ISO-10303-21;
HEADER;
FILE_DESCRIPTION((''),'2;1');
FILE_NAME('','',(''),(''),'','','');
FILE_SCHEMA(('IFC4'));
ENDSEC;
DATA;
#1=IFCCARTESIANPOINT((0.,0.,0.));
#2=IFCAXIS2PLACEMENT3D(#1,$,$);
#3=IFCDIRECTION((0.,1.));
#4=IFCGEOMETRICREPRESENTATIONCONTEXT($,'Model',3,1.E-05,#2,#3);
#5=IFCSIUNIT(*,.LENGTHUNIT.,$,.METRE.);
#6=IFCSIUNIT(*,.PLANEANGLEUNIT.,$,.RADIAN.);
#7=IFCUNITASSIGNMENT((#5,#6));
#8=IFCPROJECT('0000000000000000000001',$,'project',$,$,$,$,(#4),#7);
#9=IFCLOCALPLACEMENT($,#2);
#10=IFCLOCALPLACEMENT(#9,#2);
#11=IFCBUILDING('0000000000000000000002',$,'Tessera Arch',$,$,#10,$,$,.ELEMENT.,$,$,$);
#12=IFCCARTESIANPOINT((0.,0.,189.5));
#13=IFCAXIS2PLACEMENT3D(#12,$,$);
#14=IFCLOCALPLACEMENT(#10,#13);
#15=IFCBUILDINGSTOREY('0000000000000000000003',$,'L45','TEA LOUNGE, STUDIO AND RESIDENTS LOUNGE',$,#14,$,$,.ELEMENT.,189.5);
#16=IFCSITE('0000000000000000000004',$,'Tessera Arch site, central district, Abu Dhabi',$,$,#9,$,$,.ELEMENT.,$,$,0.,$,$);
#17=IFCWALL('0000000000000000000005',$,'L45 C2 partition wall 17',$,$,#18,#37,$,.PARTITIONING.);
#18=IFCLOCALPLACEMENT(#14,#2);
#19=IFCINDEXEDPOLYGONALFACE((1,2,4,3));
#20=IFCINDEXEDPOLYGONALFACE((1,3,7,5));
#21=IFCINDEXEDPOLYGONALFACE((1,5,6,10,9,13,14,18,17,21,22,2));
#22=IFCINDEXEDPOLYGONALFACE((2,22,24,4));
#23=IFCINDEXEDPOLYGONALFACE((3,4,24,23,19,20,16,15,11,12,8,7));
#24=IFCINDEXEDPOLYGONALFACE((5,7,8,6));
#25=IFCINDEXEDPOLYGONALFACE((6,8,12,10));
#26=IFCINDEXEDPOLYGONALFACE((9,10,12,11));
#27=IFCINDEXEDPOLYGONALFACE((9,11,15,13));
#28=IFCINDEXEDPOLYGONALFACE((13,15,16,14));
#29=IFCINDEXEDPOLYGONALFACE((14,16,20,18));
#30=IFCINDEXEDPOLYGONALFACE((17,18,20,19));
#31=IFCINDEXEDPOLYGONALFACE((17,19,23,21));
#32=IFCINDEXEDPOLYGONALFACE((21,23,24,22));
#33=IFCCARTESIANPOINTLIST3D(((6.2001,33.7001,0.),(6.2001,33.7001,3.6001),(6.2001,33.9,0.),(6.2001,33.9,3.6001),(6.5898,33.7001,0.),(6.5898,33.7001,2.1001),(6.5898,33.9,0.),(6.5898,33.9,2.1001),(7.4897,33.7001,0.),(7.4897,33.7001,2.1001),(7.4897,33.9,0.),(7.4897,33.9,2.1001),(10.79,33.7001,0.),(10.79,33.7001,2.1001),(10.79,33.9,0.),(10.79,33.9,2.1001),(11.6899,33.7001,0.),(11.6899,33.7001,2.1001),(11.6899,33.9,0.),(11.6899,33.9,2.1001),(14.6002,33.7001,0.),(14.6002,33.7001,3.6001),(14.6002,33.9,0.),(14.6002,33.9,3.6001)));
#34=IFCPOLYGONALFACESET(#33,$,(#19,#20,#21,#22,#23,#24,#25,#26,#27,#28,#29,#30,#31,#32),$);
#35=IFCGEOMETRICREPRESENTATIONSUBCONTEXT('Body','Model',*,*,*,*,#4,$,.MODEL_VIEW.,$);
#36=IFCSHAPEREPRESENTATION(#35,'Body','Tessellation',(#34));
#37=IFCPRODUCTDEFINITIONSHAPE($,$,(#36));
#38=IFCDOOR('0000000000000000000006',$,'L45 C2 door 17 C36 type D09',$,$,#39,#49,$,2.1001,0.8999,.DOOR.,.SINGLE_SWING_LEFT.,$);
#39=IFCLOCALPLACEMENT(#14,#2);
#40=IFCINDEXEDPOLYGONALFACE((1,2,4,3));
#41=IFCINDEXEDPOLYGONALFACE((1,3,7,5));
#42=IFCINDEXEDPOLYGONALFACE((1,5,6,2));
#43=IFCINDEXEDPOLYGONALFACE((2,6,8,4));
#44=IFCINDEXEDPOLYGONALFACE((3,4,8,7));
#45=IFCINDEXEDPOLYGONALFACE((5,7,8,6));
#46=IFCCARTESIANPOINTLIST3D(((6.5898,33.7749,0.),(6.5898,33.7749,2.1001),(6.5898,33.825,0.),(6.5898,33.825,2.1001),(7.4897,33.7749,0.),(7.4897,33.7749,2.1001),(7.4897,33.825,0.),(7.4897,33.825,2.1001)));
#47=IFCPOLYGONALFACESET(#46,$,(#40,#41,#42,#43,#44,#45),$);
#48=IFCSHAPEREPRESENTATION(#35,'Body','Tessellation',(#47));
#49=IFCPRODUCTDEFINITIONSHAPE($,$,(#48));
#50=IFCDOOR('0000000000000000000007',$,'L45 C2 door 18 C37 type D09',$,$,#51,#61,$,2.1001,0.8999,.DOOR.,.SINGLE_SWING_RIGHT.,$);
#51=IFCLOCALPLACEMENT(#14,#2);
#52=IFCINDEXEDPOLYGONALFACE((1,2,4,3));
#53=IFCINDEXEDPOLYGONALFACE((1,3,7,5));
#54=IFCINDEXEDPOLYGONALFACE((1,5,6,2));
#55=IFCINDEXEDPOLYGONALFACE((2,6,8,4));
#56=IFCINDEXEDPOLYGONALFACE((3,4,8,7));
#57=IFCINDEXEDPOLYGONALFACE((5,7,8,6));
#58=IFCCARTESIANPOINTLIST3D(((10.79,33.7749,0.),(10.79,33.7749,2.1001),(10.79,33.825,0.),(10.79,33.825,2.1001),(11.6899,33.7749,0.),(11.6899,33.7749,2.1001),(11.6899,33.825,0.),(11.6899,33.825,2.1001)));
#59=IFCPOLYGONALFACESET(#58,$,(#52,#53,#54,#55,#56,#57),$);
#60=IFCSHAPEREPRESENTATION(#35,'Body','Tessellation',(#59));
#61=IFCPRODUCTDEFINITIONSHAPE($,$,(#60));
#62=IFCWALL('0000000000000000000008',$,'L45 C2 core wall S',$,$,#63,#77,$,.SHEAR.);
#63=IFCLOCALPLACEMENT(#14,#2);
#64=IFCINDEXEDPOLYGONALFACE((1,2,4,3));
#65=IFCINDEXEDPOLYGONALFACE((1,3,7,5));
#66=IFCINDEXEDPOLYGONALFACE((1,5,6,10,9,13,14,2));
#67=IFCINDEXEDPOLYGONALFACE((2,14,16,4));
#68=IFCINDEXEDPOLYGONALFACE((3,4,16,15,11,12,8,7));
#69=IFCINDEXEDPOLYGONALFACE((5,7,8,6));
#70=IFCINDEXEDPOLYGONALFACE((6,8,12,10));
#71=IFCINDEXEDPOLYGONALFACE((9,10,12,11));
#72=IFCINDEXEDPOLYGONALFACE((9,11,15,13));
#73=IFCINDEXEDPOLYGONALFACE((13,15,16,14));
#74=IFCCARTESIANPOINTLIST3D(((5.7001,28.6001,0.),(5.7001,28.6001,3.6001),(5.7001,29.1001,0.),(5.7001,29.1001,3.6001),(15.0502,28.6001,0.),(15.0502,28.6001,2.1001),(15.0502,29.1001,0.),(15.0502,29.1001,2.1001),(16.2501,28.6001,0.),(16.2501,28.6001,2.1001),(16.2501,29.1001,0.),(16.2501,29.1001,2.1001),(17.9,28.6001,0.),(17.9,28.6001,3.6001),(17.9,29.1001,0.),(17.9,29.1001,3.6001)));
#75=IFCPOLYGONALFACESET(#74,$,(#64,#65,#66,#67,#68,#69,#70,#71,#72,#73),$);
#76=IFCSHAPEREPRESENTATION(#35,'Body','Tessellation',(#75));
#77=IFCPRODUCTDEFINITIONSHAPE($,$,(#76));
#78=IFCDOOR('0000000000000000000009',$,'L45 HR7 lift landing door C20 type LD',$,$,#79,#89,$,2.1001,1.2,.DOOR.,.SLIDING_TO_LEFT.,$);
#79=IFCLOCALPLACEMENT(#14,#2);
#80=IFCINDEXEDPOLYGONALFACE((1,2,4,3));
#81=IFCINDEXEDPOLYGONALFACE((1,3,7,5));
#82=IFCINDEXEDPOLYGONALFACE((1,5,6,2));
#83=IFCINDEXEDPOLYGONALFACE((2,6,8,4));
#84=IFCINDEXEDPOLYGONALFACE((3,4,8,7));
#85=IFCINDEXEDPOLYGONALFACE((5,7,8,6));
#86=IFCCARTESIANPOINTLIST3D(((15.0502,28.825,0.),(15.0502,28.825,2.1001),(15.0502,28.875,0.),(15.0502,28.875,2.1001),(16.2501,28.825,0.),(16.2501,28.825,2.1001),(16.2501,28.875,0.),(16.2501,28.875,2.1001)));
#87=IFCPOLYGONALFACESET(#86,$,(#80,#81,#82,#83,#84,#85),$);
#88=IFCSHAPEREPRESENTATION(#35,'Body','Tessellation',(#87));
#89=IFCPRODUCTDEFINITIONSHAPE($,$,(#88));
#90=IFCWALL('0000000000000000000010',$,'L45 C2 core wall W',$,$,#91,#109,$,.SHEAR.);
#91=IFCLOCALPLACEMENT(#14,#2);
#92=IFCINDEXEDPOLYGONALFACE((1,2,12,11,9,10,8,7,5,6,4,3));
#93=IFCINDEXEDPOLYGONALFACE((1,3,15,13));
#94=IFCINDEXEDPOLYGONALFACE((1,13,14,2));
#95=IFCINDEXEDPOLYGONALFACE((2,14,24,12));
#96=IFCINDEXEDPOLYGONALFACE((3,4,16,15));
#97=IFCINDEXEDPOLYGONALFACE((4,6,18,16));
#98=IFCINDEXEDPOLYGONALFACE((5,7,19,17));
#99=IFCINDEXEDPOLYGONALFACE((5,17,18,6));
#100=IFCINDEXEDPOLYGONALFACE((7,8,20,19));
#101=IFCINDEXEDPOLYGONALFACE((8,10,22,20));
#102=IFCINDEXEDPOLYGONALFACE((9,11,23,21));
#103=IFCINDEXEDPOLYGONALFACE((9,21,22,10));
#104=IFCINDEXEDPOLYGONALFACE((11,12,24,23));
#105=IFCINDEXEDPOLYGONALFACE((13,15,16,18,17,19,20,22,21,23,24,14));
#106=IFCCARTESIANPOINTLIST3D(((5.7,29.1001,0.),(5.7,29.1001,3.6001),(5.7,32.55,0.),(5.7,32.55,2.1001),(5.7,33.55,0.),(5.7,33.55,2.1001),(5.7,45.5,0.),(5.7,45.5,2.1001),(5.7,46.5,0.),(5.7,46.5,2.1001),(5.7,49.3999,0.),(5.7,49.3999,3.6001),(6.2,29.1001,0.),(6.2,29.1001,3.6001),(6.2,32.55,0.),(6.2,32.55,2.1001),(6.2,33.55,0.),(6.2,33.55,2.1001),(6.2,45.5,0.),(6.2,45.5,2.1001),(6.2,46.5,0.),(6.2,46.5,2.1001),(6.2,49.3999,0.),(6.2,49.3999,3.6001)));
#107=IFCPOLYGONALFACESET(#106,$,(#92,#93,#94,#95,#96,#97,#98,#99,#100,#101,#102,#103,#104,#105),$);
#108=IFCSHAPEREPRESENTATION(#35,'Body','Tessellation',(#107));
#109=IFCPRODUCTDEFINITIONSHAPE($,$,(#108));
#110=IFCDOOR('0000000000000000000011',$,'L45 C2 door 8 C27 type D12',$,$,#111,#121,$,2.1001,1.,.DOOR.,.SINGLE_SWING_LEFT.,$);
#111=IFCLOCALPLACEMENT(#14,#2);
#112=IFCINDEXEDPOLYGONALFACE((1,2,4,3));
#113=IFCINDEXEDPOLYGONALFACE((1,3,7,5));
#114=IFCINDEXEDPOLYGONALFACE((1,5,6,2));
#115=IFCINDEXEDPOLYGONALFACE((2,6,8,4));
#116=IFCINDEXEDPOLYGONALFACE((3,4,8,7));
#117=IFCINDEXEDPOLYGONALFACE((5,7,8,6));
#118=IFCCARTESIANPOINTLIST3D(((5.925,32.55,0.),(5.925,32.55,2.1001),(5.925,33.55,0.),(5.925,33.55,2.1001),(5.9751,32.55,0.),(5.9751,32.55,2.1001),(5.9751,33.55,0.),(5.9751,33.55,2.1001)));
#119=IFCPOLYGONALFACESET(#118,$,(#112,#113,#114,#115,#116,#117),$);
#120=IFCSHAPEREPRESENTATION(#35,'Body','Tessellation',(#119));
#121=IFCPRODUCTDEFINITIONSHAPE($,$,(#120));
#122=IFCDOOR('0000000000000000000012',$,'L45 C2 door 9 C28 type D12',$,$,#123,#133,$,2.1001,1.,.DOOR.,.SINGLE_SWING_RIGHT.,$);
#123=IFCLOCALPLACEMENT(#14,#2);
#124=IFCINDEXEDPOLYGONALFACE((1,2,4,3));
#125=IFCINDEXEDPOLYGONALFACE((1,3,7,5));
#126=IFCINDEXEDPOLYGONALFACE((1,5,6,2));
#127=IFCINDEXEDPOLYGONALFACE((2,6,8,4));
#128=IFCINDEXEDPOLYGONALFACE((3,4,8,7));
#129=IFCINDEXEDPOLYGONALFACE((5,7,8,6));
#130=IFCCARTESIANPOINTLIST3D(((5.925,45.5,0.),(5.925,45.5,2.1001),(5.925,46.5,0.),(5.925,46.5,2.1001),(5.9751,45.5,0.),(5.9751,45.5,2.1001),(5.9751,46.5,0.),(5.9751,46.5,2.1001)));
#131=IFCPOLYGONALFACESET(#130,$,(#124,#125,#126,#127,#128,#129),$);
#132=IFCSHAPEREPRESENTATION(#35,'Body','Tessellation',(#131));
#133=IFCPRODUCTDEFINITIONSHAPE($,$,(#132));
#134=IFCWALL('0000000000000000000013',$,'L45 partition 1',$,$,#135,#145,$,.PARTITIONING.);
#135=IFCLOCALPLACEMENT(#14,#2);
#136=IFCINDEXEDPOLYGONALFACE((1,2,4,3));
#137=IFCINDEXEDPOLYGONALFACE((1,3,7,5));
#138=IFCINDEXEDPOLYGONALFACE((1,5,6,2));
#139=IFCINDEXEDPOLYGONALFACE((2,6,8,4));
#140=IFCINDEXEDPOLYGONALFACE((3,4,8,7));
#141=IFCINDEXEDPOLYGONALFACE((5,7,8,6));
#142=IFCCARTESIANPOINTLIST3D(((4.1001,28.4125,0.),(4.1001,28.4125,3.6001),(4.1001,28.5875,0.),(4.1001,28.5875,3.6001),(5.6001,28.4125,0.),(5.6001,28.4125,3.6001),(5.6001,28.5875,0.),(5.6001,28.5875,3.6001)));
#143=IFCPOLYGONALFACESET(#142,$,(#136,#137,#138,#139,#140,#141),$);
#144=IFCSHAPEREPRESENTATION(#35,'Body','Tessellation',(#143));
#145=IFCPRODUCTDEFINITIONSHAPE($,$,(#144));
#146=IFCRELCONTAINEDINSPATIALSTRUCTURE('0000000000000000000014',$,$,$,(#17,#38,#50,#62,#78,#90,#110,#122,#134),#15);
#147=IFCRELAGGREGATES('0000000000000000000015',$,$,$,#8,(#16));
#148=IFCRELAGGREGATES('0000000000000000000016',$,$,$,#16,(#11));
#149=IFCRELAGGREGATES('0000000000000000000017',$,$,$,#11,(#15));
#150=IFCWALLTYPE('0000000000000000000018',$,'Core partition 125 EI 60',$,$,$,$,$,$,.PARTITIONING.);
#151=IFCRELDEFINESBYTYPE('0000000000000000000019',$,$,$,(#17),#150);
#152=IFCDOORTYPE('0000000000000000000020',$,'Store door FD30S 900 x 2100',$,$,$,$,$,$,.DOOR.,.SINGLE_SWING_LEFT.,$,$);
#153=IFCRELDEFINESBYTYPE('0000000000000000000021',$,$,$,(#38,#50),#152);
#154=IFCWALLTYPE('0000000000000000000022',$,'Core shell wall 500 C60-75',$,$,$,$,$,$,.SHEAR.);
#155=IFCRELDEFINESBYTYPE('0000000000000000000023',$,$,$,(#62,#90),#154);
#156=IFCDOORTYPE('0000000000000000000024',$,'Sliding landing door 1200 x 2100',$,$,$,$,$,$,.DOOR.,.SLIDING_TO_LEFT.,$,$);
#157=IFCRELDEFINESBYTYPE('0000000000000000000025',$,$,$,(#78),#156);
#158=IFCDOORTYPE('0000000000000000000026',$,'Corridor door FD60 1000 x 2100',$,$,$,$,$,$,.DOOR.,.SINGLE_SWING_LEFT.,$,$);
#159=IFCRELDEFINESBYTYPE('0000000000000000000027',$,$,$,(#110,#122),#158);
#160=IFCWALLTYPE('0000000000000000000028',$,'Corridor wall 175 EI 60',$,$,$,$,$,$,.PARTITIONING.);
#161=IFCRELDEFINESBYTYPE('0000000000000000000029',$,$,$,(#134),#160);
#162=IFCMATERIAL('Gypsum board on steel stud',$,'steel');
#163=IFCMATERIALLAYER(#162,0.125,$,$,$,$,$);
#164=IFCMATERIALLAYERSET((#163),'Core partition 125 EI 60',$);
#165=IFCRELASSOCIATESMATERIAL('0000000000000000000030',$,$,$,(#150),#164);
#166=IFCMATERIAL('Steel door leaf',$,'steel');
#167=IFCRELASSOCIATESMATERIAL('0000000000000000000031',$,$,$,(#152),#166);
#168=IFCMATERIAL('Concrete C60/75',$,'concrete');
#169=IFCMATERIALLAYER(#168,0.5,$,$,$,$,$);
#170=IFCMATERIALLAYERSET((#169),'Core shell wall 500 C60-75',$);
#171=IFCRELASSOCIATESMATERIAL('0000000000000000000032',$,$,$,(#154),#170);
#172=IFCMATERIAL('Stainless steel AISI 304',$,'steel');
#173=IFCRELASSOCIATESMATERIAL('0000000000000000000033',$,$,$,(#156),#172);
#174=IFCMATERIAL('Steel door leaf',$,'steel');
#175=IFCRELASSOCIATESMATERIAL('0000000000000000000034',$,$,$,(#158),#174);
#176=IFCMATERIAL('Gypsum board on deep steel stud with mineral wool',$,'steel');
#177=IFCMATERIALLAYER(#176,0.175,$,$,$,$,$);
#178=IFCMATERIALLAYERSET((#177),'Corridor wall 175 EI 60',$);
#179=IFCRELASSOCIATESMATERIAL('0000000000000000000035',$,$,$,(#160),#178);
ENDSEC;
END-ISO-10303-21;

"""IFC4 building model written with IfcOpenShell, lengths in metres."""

from ifc_helpers import new_model, si_unit, direction, frame, frame_2d, origin, place, context, subcontext, project, spatial, rectangle, extrude, material, layer, layer_set, type_object, element, fill, save


model = new_model("IFC4")

# Units and contexts
model_context = context("Model", 3, precision=1e-05, world=origin(), true_north=direction((0.0, 1.0)))
body_context = subcontext(model_context, "Body", "Model", "MODEL_VIEW")
ifc_project = project(units=[si_unit("LENGTHUNIT", "METRE"), si_unit("PLANEANGLEUNIT", "RADIAN")], contexts=[model_context])

# Site, building, storey
site_placement = place(None, origin())
site = spatial("IfcSite", under=ifc_project, at=site_placement, Name="Tessera Arch site, central district, Abu Dhabi", CompositionType="ELEMENT", RefElevation=0.0)
building_placement = place(site_placement, origin())
building = spatial("IfcBuilding", under=site, at=building_placement, Name="Tessera Arch", CompositionType="ELEMENT")
storey_placement = place(building_placement, frame((0.0, 0.0, 189.5)))
storey = spatial("IfcBuildingStorey", under=building, at=storey_placement, Name="L45", Description="TEA LOUNGE, STUDIO AND RESIDENTS LOUNGE", CompositionType="ELEMENT", Elevation=189.5)

# Shared definitions
ifc_material_1 = material(Name="Gypsum board on steel stud", Category="steel")
ifc_layer_1 = layer(ifc_material_1, 0.125)
ifc_layer_set_1 = layer_set([ifc_layer_1], Name="Core partition 125 EI 60")
wall_type_1 = type_object("IfcWallType", Name="Core partition 125 EI 60", PredefinedType="PARTITIONING", material=ifc_layer_set_1)

# Wall, openings, doors
ifc_material_2 = material(Name="Steel door leaf", Category="steel")
door_type_1 = type_object("IfcDoorType", Name="Store door FD30S 900 x 2100", OperationType="SINGLE_SWING_LEFT", PredefinedType="DOOR", material=ifc_material_2)
wall_1_placement = place(storey_placement, frame((6.2, 33.8, 0.0), z_axis=(0.0, 0.0, 1.0), x_axis=(1.0, 0.0, 0.0)))
wall_1 = element("IfcWall", 1, at=wall_1_placement, inside=storey, type_object=wall_type_1, Name="L45 C2 partition wall 17", PredefinedType="PARTITIONING", context=body_context, shape_type="SweptSolid", body=[
    extrude(rectangle(XDim=8.4001, YDim=0.2, at=frame_2d((4.2002, 0.0))), origin(), (0.0, 0.0, 1.0), 3.6001),
])
opening_1_placement = place(wall_1_placement, frame((0.3899, 0.0, 0.0)))
opening_1 = element("IfcOpeningElement", 2, at=opening_1_placement, cuts=wall_1, PredefinedType="OPENING", context=body_context, shape_type="SweptSolid", body=[
    extrude(rectangle(XDim=0.8999, YDim=2.1001, at=frame_2d((0.45, 1.05))), frame((0.0, 0.1099, 0.0), z_axis=(0.0, -1.0, 0.0), x_axis=(1.0, 0.0, 0.0)), (0.0, 0.0, 1.0), 0.22),
])
opening_2_placement = place(wall_1_placement, frame((4.5901, 0.0, 0.0)))
opening_2 = element("IfcOpeningElement", 3, at=opening_2_placement, cuts=wall_1, PredefinedType="OPENING", context=body_context, shape_type="SweptSolid", body=[
    extrude(rectangle(XDim=0.8999, YDim=2.1001, at=frame_2d((0.45, 1.05))), frame((0.0, 0.1099, 0.0), z_axis=(0.0, -1.0, 0.0), x_axis=(1.0, 0.0, 0.0)), (0.0, 0.0, 1.0), 0.22),
])
door_1_placement = place(opening_1_placement, origin())
door_1 = element("IfcDoor", 4, at=door_1_placement, inside=storey, type_object=door_type_1, Name="L45 C2 door 17 C36 type D09", OperationType="SINGLE_SWING_LEFT", OverallHeight=2.1001, OverallWidth=0.8999, PredefinedType="DOOR", context=body_context, shape_type="SweptSolid", body=[
    extrude(rectangle(XDim=0.8999, YDim=2.1001, at=frame_2d((0.45, 1.05))), frame((0.0, 0.0249, 0.0), z_axis=(0.0, -1.0, 0.0), x_axis=(1.0, 0.0, 0.0)), (0.0, 0.0, 1.0), 0.05),
])
fill(opening_1, door_1)
door_2_placement = place(opening_2_placement, origin())
door_2 = element("IfcDoor", 5, at=door_2_placement, inside=storey, type_object=door_type_1, Name="L45 C2 door 18 C37 type D09", OperationType="SINGLE_SWING_RIGHT", OverallHeight=2.1001, OverallWidth=0.8999, PredefinedType="DOOR", context=body_context, shape_type="SweptSolid", body=[
    extrude(rectangle(XDim=0.8999, YDim=2.1001, at=frame_2d((0.45, 1.05))), frame((0.0, 0.0249, 0.0), z_axis=(0.0, -1.0, 0.0), x_axis=(1.0, 0.0, 0.0)), (0.0, 0.0, 1.0), 0.05),
])
fill(opening_2, door_2)

# Wall, opening, door
ifc_material_3 = material(Name="Concrete C60/75", Category="concrete")
ifc_layer_2 = layer(ifc_material_3, 0.5)
ifc_layer_set_2 = layer_set([ifc_layer_2], Name="Core shell wall 500 C60-75")
wall_type_2 = type_object("IfcWallType", Name="Core shell wall 500 C60-75", PredefinedType="SHEAR", material=ifc_layer_set_2)
wall_2_placement = place(storey_placement, frame((5.7, 28.8501, 0.0), z_axis=(0.0, 0.0, 1.0), x_axis=(1.0, 0.0, 0.0)))
wall_2 = element("IfcWall", 6, at=wall_2_placement, inside=storey, type_object=wall_type_2, Name="L45 C2 core wall S", PredefinedType="SHEAR", context=body_context, shape_type="SweptSolid", body=[
    extrude(rectangle(XDim=12.2, YDim=0.5, at=frame_2d((6.1001, 0.0))), origin(), (0.0, 0.0, 1.0), 3.6001),
])
opening_3_placement = place(wall_2_placement, frame((9.3501, 0.0, 0.0)))
opening_3 = element("IfcOpeningElement", 7, at=opening_3_placement, cuts=wall_2, PredefinedType="OPENING", context=body_context, shape_type="SweptSolid", body=[
    extrude(rectangle(XDim=1.2, YDim=2.1001, at=frame_2d((0.6001, 1.05))), frame((0.0, 0.26, 0.0), z_axis=(0.0, -1.0, 0.0), x_axis=(1.0, 0.0, 0.0)), (0.0, 0.0, 1.0), 0.52),
])
ifc_material_4 = material(Name="Stainless steel AISI 304", Category="steel")
door_type_2 = type_object("IfcDoorType", Name="Sliding landing door 1200 x 2100", OperationType="SLIDING_TO_LEFT", PredefinedType="DOOR", material=ifc_material_4)
door_3_placement = place(opening_3_placement, origin())
door_3 = element("IfcDoor", 8, at=door_3_placement, inside=storey, type_object=door_type_2, Name="L45 HR7 lift landing door C20 type LD", OperationType="SLIDING_TO_LEFT", OverallHeight=2.1001, OverallWidth=1.2, PredefinedType="DOOR", context=body_context, shape_type="SweptSolid", body=[
    extrude(rectangle(XDim=1.2, YDim=2.1001, at=frame_2d((0.6001, 1.05))), frame((0.0, 0.0249, 0.0), z_axis=(0.0, -1.0, 0.0), x_axis=(1.0, 0.0, 0.0)), (0.0, 0.0, 1.0), 0.05),
])
fill(opening_3, door_3)

# Wall, openings, doors
wall_3_placement = place(storey_placement, frame((5.95, 29.1001, 0.0), z_axis=(0.0, 0.0, 1.0), x_axis=(0.0, 1.0, 0.0)))
wall_3 = element("IfcWall", 9, at=wall_3_placement, inside=storey, type_object=wall_type_2, Name="L45 C2 core wall W", PredefinedType="SHEAR", context=body_context, shape_type="SweptSolid", body=[
    extrude(rectangle(XDim=20.2998, YDim=0.5, at=frame_2d((10.1499, 0.0))), origin(), (0.0, 0.0, 1.0), 3.6001),
])
opening_4_placement = place(wall_3_placement, frame((3.45, 0.0, 0.0)))
opening_4 = element("IfcOpeningElement", 10, at=opening_4_placement, cuts=wall_3, PredefinedType="OPENING", context=body_context, shape_type="SweptSolid", body=[
    extrude(rectangle(XDim=1.0, YDim=2.1001, at=frame_2d((0.5, 1.05))), frame((0.0, 0.26, 0.0), z_axis=(0.0, -1.0, 0.0), x_axis=(1.0, 0.0, 0.0)), (0.0, 0.0, 1.0), 0.52),
])
opening_5_placement = place(wall_3_placement, frame((16.3999, 0.0, 0.0)))
opening_5 = element("IfcOpeningElement", 11, at=opening_5_placement, cuts=wall_3, PredefinedType="OPENING", context=body_context, shape_type="SweptSolid", body=[
    extrude(rectangle(XDim=1.0, YDim=2.1001, at=frame_2d((0.5, 1.05))), frame((0.0, 0.26, 0.0), z_axis=(0.0, -1.0, 0.0), x_axis=(1.0, 0.0, 0.0)), (0.0, 0.0, 1.0), 0.52),
])
ifc_material_5 = material(Name="Steel door leaf", Category="steel")
door_type_3 = type_object("IfcDoorType", Name="Corridor door FD60 1000 x 2100", OperationType="SINGLE_SWING_LEFT", PredefinedType="DOOR", material=ifc_material_5)
door_4_placement = place(opening_4_placement, origin())
door_4 = element("IfcDoor", 12, at=door_4_placement, inside=storey, type_object=door_type_3, Name="L45 C2 door 8 C27 type D12", OperationType="SINGLE_SWING_LEFT", OverallHeight=2.1001, OverallWidth=1.0, PredefinedType="DOOR", context=body_context, shape_type="SweptSolid", body=[
    extrude(rectangle(XDim=1.0, YDim=2.1001, at=frame_2d((0.5, 1.05))), frame((0.0, 0.0249, 0.0), z_axis=(0.0, -1.0, 0.0), x_axis=(1.0, 0.0, 0.0)), (0.0, 0.0, 1.0), 0.05),
])
fill(opening_4, door_4)
door_5_placement = place(opening_5_placement, origin())
door_5 = element("IfcDoor", 13, at=door_5_placement, inside=storey, type_object=door_type_3, Name="L45 C2 door 9 C28 type D12", OperationType="SINGLE_SWING_RIGHT", OverallHeight=2.1001, OverallWidth=1.0, PredefinedType="DOOR", context=body_context, shape_type="SweptSolid", body=[
    extrude(rectangle(XDim=1.0, YDim=2.1001, at=frame_2d((0.5, 1.05))), frame((0.0, 0.0249, 0.0), z_axis=(0.0, -1.0, 0.0), x_axis=(1.0, 0.0, 0.0)), (0.0, 0.0, 1.0), 0.05),
])
fill(opening_5, door_5)

# Wall
ifc_material_6 = material(Name="Gypsum board on deep steel stud with mineral wool", Category="steel")
ifc_layer_3 = layer(ifc_material_6, 0.175)
ifc_layer_set_3 = layer_set([ifc_layer_3], Name="Corridor wall 175 EI 60")
wall_type_3 = type_object("IfcWallType", Name="Corridor wall 175 EI 60", PredefinedType="PARTITIONING", material=ifc_layer_set_3)
wall_4_placement = place(storey_placement, frame((4.1001, 28.5, 0.0), z_axis=(0.0, 0.0, 1.0), x_axis=(1.0, 0.0, 0.0)))
element("IfcWall", 14, at=wall_4_placement, inside=storey, type_object=wall_type_3, Name="L45 partition 1", PredefinedType="PARTITIONING", context=body_context, shape_type="SweptSolid", body=[
    extrude(rectangle(XDim=1.5, YDim=0.175, at=frame_2d((0.75, 0.0))), origin(), (0.0, 0.0, 1.0), 3.6001),
])

save(model, "model.ifc")
